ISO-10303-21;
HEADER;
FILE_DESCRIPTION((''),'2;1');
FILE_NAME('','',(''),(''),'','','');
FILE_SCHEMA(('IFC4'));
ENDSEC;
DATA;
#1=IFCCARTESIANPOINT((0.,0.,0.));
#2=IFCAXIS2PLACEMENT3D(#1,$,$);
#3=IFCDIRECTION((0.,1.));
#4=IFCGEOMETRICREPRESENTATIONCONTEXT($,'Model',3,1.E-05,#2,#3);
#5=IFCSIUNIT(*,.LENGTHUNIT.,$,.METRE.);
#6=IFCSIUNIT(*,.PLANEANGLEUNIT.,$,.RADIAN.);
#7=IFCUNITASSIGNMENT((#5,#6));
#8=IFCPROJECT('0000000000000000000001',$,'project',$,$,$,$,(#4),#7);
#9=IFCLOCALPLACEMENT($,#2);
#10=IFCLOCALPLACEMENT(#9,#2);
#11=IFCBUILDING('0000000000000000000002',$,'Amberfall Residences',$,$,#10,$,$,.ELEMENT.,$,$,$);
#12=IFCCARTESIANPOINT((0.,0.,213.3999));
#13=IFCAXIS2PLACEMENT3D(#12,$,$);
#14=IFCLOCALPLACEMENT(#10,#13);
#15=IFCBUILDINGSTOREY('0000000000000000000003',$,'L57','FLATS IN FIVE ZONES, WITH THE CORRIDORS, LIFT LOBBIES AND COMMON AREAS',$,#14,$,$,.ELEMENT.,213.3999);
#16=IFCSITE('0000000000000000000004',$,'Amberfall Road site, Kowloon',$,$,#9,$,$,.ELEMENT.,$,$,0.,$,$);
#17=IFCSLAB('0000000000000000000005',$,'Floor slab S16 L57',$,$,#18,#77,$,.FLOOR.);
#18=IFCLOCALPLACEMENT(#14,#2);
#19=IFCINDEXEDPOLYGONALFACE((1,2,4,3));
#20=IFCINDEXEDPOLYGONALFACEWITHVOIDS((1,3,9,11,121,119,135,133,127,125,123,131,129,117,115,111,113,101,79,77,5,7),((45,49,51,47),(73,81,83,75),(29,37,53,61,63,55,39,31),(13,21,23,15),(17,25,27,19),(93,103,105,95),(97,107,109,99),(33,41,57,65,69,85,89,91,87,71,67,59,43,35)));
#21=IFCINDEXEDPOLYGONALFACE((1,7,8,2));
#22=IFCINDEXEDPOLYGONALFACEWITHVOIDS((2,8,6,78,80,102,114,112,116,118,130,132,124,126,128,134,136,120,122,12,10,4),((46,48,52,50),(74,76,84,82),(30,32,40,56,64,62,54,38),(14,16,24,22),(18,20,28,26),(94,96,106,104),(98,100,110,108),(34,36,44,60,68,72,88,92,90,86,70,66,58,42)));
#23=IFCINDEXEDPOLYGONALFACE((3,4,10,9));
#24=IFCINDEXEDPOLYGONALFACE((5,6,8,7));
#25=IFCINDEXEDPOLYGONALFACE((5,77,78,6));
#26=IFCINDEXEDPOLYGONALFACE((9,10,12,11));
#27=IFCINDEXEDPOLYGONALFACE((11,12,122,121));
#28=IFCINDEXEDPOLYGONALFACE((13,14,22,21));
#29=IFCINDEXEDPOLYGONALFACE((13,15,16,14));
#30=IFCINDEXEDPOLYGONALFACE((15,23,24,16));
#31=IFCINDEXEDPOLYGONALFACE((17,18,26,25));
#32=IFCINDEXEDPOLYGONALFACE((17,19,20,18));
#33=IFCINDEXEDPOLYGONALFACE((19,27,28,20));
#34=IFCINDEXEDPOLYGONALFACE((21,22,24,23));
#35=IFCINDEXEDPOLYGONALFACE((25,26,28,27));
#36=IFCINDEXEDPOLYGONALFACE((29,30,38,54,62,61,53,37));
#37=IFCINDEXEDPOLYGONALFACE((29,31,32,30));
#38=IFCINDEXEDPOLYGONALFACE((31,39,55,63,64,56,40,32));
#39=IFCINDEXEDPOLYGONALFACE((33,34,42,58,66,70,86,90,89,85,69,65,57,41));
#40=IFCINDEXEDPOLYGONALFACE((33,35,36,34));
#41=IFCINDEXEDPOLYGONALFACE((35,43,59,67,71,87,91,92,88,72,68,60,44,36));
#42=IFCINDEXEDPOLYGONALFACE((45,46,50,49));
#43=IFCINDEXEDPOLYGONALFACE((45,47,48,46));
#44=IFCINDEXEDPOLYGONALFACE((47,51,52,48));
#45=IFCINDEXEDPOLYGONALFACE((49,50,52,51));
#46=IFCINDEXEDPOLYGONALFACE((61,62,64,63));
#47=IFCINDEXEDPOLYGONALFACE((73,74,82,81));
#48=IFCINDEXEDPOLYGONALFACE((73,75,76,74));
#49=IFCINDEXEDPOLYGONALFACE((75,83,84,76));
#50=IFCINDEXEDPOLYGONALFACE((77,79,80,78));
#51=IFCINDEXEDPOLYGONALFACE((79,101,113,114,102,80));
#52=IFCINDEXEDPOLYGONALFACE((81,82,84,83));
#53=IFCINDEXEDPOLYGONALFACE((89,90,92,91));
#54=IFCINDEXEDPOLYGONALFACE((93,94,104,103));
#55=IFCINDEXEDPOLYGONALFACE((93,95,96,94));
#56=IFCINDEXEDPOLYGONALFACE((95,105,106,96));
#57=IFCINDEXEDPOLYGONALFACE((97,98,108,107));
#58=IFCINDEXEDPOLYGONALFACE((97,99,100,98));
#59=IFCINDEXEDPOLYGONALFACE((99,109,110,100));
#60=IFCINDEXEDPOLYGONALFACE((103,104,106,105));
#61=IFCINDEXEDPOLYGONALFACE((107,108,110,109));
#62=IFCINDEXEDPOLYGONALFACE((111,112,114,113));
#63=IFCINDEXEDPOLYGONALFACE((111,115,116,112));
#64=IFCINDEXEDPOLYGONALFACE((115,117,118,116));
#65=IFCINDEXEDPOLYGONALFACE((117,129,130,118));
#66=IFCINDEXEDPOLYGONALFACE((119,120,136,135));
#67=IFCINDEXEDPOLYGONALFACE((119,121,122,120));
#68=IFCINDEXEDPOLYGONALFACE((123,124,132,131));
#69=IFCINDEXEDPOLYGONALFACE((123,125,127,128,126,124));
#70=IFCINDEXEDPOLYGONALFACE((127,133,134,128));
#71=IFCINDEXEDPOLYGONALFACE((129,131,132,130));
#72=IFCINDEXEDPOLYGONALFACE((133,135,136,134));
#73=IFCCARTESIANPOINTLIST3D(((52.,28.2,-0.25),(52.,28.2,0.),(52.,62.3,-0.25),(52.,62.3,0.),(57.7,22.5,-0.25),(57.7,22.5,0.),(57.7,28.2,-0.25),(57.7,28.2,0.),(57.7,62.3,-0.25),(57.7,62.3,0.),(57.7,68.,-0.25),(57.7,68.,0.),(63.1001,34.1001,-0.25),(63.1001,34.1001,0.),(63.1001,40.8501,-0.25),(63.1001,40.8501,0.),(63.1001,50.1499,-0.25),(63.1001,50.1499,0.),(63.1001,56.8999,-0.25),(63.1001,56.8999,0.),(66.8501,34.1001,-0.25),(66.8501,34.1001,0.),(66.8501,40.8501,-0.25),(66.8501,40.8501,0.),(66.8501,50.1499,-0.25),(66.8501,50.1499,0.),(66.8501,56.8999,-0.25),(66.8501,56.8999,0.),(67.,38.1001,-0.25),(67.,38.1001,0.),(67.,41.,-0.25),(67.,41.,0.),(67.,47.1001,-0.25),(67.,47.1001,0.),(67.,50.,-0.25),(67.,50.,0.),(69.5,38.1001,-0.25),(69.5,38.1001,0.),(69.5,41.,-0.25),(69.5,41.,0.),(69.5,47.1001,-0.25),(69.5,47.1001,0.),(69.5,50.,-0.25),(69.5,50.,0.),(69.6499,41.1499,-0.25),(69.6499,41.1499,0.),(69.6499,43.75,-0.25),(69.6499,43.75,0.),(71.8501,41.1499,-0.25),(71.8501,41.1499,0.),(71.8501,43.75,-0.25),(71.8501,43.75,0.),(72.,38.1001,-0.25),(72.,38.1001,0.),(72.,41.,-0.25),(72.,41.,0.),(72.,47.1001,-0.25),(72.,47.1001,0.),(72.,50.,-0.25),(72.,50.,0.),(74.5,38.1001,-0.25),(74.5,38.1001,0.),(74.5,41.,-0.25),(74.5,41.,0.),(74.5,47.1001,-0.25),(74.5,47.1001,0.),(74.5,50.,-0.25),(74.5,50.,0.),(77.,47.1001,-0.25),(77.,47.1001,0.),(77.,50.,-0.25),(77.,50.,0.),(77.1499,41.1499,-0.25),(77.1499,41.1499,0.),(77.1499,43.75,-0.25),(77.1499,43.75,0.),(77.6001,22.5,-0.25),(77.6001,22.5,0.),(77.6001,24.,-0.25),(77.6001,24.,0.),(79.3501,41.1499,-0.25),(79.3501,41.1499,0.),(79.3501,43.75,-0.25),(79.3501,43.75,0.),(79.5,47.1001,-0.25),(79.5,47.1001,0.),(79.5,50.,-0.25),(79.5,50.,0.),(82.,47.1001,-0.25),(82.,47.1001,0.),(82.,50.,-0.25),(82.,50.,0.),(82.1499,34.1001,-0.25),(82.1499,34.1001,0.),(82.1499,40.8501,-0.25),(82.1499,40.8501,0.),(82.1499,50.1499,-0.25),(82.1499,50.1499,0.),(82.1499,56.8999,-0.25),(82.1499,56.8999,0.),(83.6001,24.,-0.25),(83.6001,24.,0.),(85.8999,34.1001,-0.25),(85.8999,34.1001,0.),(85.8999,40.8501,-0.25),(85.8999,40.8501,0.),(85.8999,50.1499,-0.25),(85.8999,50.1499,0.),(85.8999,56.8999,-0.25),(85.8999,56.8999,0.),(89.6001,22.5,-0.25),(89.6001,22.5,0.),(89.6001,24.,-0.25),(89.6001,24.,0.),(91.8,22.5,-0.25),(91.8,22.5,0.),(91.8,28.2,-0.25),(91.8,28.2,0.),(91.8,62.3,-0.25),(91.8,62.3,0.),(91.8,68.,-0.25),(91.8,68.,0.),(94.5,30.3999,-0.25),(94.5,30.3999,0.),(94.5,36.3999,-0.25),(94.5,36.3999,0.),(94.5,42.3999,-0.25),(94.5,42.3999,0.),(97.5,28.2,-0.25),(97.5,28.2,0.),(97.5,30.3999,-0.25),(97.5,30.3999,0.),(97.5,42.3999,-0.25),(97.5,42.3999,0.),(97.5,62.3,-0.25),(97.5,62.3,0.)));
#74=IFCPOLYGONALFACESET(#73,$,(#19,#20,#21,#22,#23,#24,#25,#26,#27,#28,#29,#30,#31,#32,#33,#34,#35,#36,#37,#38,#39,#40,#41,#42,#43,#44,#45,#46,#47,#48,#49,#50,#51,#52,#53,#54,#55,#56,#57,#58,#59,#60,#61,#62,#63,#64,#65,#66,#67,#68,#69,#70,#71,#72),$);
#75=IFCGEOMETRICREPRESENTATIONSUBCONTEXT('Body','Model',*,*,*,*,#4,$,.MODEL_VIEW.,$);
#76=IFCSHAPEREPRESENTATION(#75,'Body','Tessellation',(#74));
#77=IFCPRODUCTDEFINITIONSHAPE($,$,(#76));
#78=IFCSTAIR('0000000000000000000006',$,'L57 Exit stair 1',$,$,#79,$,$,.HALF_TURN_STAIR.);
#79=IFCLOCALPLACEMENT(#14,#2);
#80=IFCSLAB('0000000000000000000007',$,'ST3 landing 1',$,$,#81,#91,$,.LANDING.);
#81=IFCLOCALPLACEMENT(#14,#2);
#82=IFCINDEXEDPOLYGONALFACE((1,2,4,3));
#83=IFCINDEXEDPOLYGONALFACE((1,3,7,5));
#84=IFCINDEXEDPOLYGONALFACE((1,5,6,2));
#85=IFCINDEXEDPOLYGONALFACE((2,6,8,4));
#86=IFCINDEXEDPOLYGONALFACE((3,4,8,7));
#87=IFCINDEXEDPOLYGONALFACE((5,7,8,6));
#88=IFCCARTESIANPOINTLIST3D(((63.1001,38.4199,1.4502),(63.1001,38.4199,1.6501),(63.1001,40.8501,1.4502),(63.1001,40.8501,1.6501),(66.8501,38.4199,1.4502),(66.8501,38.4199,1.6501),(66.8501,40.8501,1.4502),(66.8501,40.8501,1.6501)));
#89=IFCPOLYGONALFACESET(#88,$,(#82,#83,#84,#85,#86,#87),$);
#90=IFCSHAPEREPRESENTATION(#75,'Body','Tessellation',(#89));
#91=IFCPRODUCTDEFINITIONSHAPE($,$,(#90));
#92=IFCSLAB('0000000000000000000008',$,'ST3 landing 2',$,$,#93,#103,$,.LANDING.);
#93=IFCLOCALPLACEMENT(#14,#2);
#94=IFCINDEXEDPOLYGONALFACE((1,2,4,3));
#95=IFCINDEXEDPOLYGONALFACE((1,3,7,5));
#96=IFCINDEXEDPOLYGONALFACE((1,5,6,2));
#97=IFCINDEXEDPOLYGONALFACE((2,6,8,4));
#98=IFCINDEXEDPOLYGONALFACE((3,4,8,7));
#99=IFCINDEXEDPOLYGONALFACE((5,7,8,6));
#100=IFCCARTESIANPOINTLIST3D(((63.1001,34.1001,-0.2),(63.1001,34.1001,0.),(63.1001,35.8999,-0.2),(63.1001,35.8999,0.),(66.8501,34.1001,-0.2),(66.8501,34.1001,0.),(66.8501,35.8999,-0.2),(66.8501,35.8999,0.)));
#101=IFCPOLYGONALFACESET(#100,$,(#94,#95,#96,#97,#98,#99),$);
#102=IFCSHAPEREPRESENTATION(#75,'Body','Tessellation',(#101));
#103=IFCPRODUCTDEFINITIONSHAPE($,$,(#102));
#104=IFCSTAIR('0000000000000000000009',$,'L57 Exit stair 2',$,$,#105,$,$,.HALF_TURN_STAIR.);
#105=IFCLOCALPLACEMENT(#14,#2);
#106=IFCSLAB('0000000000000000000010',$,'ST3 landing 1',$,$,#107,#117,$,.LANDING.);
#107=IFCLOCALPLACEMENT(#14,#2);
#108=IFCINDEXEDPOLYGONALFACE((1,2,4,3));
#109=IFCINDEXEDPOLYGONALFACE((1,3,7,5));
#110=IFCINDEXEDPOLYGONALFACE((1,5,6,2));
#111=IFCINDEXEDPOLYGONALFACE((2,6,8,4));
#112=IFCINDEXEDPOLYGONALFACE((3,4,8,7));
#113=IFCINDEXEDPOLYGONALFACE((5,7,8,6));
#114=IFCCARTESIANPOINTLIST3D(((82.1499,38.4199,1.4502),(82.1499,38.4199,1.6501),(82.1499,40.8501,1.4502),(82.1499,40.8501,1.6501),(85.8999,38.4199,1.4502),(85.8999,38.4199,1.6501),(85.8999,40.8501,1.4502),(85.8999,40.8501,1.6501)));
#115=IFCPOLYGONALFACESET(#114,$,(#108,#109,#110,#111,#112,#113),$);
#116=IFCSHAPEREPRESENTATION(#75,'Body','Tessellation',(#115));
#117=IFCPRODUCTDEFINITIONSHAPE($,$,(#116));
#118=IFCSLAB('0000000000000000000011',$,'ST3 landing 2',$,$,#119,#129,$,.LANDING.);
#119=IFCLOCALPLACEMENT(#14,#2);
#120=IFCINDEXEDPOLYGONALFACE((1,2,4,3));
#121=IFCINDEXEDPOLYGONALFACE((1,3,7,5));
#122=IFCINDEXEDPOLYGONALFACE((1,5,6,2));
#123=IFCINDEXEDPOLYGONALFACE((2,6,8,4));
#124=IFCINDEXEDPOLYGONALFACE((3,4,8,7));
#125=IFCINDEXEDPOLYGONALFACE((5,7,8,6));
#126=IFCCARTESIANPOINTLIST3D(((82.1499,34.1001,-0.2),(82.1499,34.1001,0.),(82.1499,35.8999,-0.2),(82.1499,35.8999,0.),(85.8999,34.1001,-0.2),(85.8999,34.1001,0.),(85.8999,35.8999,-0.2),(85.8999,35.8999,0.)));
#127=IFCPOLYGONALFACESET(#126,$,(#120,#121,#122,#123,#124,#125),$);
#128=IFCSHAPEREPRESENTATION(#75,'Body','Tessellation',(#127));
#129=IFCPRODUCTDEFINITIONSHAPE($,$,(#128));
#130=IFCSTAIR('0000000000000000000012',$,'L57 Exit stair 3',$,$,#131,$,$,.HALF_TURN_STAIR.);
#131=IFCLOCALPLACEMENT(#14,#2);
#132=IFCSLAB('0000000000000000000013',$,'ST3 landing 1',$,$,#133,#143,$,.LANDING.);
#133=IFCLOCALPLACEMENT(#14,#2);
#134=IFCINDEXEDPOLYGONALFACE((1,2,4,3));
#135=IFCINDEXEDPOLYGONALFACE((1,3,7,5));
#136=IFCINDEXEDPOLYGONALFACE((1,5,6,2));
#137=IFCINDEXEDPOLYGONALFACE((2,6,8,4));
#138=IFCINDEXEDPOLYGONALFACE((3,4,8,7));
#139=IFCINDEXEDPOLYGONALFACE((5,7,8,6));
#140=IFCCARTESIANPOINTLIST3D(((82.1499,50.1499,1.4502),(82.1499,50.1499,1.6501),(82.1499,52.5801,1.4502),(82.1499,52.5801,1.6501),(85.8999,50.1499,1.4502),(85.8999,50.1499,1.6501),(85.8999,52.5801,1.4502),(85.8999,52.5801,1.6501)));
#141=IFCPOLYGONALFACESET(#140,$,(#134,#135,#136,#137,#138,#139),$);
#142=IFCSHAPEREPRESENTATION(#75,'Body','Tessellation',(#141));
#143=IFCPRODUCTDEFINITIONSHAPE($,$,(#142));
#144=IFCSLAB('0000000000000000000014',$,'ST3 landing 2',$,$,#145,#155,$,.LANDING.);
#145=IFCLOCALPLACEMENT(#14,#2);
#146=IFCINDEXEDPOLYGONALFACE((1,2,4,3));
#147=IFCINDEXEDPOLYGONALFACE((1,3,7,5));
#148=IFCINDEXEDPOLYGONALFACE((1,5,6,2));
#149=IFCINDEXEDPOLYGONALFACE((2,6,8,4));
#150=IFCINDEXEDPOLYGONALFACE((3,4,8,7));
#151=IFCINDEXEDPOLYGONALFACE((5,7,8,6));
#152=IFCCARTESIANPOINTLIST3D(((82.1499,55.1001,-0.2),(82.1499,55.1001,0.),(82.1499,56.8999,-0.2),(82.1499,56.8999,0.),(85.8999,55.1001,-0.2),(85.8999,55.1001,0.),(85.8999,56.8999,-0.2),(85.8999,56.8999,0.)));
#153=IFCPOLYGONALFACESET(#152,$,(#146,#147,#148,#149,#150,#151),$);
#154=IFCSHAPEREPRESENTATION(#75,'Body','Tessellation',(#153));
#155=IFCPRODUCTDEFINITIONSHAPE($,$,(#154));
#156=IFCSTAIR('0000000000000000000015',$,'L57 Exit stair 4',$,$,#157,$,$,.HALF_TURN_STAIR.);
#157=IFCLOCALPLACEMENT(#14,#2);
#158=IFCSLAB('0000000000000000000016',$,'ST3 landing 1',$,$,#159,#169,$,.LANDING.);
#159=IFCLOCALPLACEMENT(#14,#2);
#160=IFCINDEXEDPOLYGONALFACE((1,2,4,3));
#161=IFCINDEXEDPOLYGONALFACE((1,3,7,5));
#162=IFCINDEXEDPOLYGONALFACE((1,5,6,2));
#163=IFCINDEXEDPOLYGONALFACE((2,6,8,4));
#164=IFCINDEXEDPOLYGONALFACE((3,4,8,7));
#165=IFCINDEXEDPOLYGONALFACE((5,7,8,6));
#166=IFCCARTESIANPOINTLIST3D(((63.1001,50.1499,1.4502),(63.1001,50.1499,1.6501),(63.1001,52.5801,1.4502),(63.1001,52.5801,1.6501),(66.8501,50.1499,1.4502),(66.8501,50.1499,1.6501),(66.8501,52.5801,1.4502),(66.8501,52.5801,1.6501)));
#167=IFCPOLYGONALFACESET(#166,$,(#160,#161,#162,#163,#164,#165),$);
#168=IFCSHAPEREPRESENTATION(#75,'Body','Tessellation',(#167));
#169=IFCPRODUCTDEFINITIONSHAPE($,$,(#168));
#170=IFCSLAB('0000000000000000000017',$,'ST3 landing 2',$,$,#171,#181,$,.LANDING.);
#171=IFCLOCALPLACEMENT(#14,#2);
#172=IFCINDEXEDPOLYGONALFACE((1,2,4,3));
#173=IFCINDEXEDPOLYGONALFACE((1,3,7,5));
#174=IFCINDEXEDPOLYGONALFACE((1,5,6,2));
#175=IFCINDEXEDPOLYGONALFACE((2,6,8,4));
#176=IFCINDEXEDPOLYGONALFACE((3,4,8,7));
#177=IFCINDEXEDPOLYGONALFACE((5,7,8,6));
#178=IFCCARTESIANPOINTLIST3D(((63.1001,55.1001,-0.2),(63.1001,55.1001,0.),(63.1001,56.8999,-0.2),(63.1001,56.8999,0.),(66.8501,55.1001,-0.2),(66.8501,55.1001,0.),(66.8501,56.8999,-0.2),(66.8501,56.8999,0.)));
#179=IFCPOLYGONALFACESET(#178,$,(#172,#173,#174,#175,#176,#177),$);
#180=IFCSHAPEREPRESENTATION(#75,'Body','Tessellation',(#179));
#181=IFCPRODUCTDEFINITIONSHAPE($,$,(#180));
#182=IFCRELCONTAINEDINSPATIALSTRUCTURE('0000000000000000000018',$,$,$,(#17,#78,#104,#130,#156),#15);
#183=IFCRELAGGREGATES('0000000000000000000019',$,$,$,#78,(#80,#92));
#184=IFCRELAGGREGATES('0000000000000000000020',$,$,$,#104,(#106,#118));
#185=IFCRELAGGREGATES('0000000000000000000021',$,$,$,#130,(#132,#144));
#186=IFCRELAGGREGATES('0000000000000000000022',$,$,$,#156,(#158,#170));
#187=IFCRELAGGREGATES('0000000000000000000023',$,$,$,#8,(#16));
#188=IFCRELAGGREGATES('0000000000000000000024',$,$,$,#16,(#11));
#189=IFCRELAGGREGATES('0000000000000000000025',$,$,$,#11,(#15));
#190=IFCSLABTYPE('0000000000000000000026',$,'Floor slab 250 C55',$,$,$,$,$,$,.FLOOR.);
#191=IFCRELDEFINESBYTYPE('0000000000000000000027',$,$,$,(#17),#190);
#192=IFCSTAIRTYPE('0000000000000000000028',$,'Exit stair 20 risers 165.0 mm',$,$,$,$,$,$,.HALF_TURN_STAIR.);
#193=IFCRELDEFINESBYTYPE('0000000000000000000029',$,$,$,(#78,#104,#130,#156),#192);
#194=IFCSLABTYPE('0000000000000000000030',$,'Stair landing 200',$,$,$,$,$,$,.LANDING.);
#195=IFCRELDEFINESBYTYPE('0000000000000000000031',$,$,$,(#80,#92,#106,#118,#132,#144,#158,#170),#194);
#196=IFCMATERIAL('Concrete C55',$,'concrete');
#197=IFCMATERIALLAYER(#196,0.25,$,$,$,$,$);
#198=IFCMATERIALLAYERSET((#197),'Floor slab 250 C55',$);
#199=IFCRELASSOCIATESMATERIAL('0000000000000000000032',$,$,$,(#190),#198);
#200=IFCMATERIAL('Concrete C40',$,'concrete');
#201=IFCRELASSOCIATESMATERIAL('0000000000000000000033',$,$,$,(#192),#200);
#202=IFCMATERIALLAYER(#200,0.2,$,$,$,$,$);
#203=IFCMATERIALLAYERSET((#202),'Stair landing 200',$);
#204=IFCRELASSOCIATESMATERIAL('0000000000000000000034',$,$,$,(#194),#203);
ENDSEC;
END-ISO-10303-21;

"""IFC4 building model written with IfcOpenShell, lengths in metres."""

from ifc_helpers import new_model, si_unit, direction, frame, origin, place, context, subcontext, project, spatial, polyline, outline, extrude, material, layer, layer_set, type_object, element, aggregate, save


model = new_model("IFC4")

# Units and contexts
model_context = context("Model", 3, precision=1e-05, world=origin(), true_north=direction((0.0, 1.0)))
body_context = subcontext(model_context, "Body", "Model", "MODEL_VIEW")
ifc_project = project(units=[si_unit("LENGTHUNIT", "METRE"), si_unit("PLANEANGLEUNIT", "RADIAN")], contexts=[model_context])

# Site, building, storey
site_placement = place(None, origin())
site = spatial("IfcSite", under=ifc_project, at=site_placement, Name="Amberfall Road site, Kowloon", CompositionType="ELEMENT", RefElevation=0.0)
building_placement = place(site_placement, origin())
building = spatial("IfcBuilding", under=site, at=building_placement, Name="Amberfall Residences", CompositionType="ELEMENT")
storey_placement = place(building_placement, frame((0.0, 0.0, 213.3999)))
storey = spatial("IfcBuildingStorey", under=building, at=storey_placement, Name="L57", Description="FLATS IN FIVE ZONES, WITH THE CORRIDORS, LIFT LOBBIES AND COMMON AREAS", CompositionType="ELEMENT", Elevation=213.3999)

# Slab
ifc_material_1 = material(Name="Concrete C55", Category="concrete")
ifc_layer_1 = layer(ifc_material_1, 0.25)
ifc_layer_set_1 = layer_set([ifc_layer_1], Name="Floor slab 250 C55")
slab_type_1 = type_object("IfcSlabType", Name="Floor slab 250 C55", PredefinedType="FLOOR", material=ifc_layer_set_1)
slab_1_placement = place(storey_placement, frame((0.0, 0.0, -0.25)))
element("IfcSlab", 1, at=slab_1_placement, inside=storey, type_object=slab_type_1, Name="Floor slab S16 L57", PredefinedType="FLOOR", context=body_context, shape_type="SweptSolid", body=[
    extrude(outline(polyline([(89.6001, 22.5), (89.6001, 24.0), (83.6001, 24.0), (77.6001, 24.0), (77.6001, 22.5), (57.7, 22.5), (57.7, 28.2), (52.0, 28.2), (52.0, 62.3), (57.7, 62.3), (57.7, 68.0), (91.8, 68.0), (91.8, 62.3), (97.5, 62.3), (97.5, 42.3999), (94.5, 42.3999), (94.5, 36.3999), (94.5, 30.3999), (97.5, 30.3999), (97.5, 28.2), (91.8, 28.2), (91.8, 22.5), (89.6001, 22.5)]), holes=[polyline([(85.8999, 34.1001), (85.8999, 40.8501), (82.1499, 40.8501), (82.1499, 34.1001), (85.8999, 34.1001)]), polyline([(85.8999, 50.1499), (85.8999, 56.8999), (82.1499, 56.8999), (82.1499, 50.1499), (85.8999, 50.1499)]), polyline([(72.0, 50.0), (69.5, 50.0), (67.0, 50.0), (67.0, 47.1001), (69.5, 47.1001), (72.0, 47.1001), (74.5, 47.1001), (77.0, 47.1001), (79.5, 47.1001), (82.0, 47.1001), (82.0, 50.0), (79.5, 50.0), (77.0, 50.0), (74.5, 50.0), (72.0, 50.0)]), polyline([(79.3501, 41.1499), (79.3501, 43.75), (77.1499, 43.75), (77.1499, 41.1499), (79.3501, 41.1499)]), polyline([(69.5, 41.0), (67.0, 41.0), (67.0, 38.1001), (69.5, 38.1001), (72.0, 38.1001), (74.5, 38.1001), (74.5, 41.0), (72.0, 41.0), (69.5, 41.0)]), polyline([(71.8501, 41.1499), (71.8501, 43.75), (69.6499, 43.75), (69.6499, 41.1499), (71.8501, 41.1499)]), polyline([(66.8501, 50.1499), (66.8501, 56.8999), (63.1001, 56.8999), (63.1001, 50.1499), (66.8501, 50.1499)]), polyline([(66.8501, 40.8501), (63.1001, 40.8501), (63.1001, 34.1001), (66.8501, 34.1001), (66.8501, 40.8501)])]), origin(), (0.0, 0.0, 1.0), 0.25),
])

# Stairs, slabs
ifc_material_2 = material(Name="Concrete C40", Category="concrete")
stair_type = type_object("IfcStairType", Name="Exit stair 20 risers 165.0 mm", PredefinedType="HALF_TURN_STAIR", material=ifc_material_2)
stair_1_placement = place(storey_placement, origin())
stair_1 = element("IfcStair", 2, at=stair_1_placement, inside=storey, type_object=stair_type, Name="L57 Exit stair 1", PredefinedType="HALF_TURN_STAIR")
ifc_layer_2 = layer(ifc_material_2, 0.2)
ifc_layer_set_2 = layer_set([ifc_layer_2], Name="Stair landing 200")
slab_type_2 = type_object("IfcSlabType", Name="Stair landing 200", PredefinedType="LANDING", material=ifc_layer_set_2)
slab_2_placement = place(storey_placement, frame((0.0, 0.0, 1.4502)))
slab_2 = element("IfcSlab", 3, at=slab_2_placement, type_object=slab_type_2, Name="ST3 landing 1", PredefinedType="LANDING", context=body_context, shape_type="SweptSolid", body=[
    extrude(outline(polyline([(66.8501, 38.4199), (66.8501, 40.8501), (63.1001, 40.8501), (63.1001, 38.4199), (66.8501, 38.4199)])), origin(), (0.0, 0.0, 1.0), 0.2),
])
slab_3_placement = place(storey_placement, frame((0.0, 0.0, -0.2)))
slab_3 = element("IfcSlab", 4, at=slab_3_placement, type_object=slab_type_2, Name="ST3 landing 2", PredefinedType="LANDING", context=body_context, shape_type="SweptSolid", body=[
    extrude(outline(polyline([(66.8501, 34.1001), (66.8501, 35.8999), (63.1001, 35.8999), (63.1001, 34.1001), (66.8501, 34.1001)])), origin(), (0.0, 0.0, 1.0), 0.2),
])
aggregate(stair_1, [slab_2, slab_3])
stair_2_placement = place(storey_placement, origin())
stair_2 = element("IfcStair", 5, at=stair_2_placement, inside=storey, type_object=stair_type, Name="L57 Exit stair 2", PredefinedType="HALF_TURN_STAIR")
slab_4_placement = place(storey_placement, frame((0.0, 0.0, 1.4502)))
slab_4 = element("IfcSlab", 6, at=slab_4_placement, type_object=slab_type_2, Name="ST3 landing 1", PredefinedType="LANDING", context=body_context, shape_type="SweptSolid", body=[
    extrude(outline(polyline([(85.8999, 38.4199), (85.8999, 40.8501), (82.1499, 40.8501), (82.1499, 38.4199), (85.8999, 38.4199)])), origin(), (0.0, 0.0, 1.0), 0.2),
])
slab_5_placement = place(storey_placement, frame((0.0, 0.0, -0.2)))
slab_5 = element("IfcSlab", 7, at=slab_5_placement, type_object=slab_type_2, Name="ST3 landing 2", PredefinedType="LANDING", context=body_context, shape_type="SweptSolid", body=[
    extrude(outline(polyline([(85.8999, 34.1001), (85.8999, 35.8999), (82.1499, 35.8999), (82.1499, 34.1001), (85.8999, 34.1001)])), origin(), (0.0, 0.0, 1.0), 0.2),
])
aggregate(stair_2, [slab_4, slab_5])
stair_3_placement = place(storey_placement, origin())
stair_3 = element("IfcStair", 8, at=stair_3_placement, inside=storey, type_object=stair_type, Name="L57 Exit stair 3", PredefinedType="HALF_TURN_STAIR")
slab_6_placement = place(storey_placement, frame((0.0, 0.0, 1.4502)))
slab_6 = element("IfcSlab", 9, at=slab_6_placement, type_object=slab_type_2, Name="ST3 landing 1", PredefinedType="LANDING", context=body_context, shape_type="SweptSolid", body=[
    extrude(outline(polyline([(82.1499, 52.5801), (82.1499, 50.1499), (85.8999, 50.1499), (85.8999, 52.5801), (82.1499, 52.5801)])), origin(), (0.0, 0.0, 1.0), 0.2),
])
slab_7_placement = place(storey_placement, frame((0.0, 0.0, -0.2)))
slab_7 = element("IfcSlab", 10, at=slab_7_placement, type_object=slab_type_2, Name="ST3 landing 2", PredefinedType="LANDING", context=body_context, shape_type="SweptSolid", body=[
    extrude(outline(polyline([(82.1499, 56.8999), (82.1499, 55.1001), (85.8999, 55.1001), (85.8999, 56.8999), (82.1499, 56.8999)])), origin(), (0.0, 0.0, 1.0), 0.2),
])
aggregate(stair_3, [slab_6, slab_7])
stair_4_placement = place(storey_placement, origin())
stair_4 = element("IfcStair", 11, at=stair_4_placement, inside=storey, type_object=stair_type, Name="L57 Exit stair 4", PredefinedType="HALF_TURN_STAIR")
slab_8_placement = place(storey_placement, frame((0.0, 0.0, 1.4502)))
slab_8 = element("IfcSlab", 12, at=slab_8_placement, type_object=slab_type_2, Name="ST3 landing 1", PredefinedType="LANDING", context=body_context, shape_type="SweptSolid", body=[
    extrude(outline(polyline([(63.1001, 52.5801), (63.1001, 50.1499), (66.8501, 50.1499), (66.8501, 52.5801), (63.1001, 52.5801)])), origin(), (0.0, 0.0, 1.0), 0.2),
])
slab_9_placement = place(storey_placement, frame((0.0, 0.0, -0.2)))
slab_9 = element("IfcSlab", 13, at=slab_9_placement, type_object=slab_type_2, Name="ST3 landing 2", PredefinedType="LANDING", context=body_context, shape_type="SweptSolid", body=[
    extrude(outline(polyline([(63.1001, 56.8999), (63.1001, 55.1001), (66.8501, 55.1001), (66.8501, 56.8999), (63.1001, 56.8999)])), origin(), (0.0, 0.0, 1.0), 0.2),
])
aggregate(stair_4, [slab_8, slab_9])

save(model, "model.ifc")
